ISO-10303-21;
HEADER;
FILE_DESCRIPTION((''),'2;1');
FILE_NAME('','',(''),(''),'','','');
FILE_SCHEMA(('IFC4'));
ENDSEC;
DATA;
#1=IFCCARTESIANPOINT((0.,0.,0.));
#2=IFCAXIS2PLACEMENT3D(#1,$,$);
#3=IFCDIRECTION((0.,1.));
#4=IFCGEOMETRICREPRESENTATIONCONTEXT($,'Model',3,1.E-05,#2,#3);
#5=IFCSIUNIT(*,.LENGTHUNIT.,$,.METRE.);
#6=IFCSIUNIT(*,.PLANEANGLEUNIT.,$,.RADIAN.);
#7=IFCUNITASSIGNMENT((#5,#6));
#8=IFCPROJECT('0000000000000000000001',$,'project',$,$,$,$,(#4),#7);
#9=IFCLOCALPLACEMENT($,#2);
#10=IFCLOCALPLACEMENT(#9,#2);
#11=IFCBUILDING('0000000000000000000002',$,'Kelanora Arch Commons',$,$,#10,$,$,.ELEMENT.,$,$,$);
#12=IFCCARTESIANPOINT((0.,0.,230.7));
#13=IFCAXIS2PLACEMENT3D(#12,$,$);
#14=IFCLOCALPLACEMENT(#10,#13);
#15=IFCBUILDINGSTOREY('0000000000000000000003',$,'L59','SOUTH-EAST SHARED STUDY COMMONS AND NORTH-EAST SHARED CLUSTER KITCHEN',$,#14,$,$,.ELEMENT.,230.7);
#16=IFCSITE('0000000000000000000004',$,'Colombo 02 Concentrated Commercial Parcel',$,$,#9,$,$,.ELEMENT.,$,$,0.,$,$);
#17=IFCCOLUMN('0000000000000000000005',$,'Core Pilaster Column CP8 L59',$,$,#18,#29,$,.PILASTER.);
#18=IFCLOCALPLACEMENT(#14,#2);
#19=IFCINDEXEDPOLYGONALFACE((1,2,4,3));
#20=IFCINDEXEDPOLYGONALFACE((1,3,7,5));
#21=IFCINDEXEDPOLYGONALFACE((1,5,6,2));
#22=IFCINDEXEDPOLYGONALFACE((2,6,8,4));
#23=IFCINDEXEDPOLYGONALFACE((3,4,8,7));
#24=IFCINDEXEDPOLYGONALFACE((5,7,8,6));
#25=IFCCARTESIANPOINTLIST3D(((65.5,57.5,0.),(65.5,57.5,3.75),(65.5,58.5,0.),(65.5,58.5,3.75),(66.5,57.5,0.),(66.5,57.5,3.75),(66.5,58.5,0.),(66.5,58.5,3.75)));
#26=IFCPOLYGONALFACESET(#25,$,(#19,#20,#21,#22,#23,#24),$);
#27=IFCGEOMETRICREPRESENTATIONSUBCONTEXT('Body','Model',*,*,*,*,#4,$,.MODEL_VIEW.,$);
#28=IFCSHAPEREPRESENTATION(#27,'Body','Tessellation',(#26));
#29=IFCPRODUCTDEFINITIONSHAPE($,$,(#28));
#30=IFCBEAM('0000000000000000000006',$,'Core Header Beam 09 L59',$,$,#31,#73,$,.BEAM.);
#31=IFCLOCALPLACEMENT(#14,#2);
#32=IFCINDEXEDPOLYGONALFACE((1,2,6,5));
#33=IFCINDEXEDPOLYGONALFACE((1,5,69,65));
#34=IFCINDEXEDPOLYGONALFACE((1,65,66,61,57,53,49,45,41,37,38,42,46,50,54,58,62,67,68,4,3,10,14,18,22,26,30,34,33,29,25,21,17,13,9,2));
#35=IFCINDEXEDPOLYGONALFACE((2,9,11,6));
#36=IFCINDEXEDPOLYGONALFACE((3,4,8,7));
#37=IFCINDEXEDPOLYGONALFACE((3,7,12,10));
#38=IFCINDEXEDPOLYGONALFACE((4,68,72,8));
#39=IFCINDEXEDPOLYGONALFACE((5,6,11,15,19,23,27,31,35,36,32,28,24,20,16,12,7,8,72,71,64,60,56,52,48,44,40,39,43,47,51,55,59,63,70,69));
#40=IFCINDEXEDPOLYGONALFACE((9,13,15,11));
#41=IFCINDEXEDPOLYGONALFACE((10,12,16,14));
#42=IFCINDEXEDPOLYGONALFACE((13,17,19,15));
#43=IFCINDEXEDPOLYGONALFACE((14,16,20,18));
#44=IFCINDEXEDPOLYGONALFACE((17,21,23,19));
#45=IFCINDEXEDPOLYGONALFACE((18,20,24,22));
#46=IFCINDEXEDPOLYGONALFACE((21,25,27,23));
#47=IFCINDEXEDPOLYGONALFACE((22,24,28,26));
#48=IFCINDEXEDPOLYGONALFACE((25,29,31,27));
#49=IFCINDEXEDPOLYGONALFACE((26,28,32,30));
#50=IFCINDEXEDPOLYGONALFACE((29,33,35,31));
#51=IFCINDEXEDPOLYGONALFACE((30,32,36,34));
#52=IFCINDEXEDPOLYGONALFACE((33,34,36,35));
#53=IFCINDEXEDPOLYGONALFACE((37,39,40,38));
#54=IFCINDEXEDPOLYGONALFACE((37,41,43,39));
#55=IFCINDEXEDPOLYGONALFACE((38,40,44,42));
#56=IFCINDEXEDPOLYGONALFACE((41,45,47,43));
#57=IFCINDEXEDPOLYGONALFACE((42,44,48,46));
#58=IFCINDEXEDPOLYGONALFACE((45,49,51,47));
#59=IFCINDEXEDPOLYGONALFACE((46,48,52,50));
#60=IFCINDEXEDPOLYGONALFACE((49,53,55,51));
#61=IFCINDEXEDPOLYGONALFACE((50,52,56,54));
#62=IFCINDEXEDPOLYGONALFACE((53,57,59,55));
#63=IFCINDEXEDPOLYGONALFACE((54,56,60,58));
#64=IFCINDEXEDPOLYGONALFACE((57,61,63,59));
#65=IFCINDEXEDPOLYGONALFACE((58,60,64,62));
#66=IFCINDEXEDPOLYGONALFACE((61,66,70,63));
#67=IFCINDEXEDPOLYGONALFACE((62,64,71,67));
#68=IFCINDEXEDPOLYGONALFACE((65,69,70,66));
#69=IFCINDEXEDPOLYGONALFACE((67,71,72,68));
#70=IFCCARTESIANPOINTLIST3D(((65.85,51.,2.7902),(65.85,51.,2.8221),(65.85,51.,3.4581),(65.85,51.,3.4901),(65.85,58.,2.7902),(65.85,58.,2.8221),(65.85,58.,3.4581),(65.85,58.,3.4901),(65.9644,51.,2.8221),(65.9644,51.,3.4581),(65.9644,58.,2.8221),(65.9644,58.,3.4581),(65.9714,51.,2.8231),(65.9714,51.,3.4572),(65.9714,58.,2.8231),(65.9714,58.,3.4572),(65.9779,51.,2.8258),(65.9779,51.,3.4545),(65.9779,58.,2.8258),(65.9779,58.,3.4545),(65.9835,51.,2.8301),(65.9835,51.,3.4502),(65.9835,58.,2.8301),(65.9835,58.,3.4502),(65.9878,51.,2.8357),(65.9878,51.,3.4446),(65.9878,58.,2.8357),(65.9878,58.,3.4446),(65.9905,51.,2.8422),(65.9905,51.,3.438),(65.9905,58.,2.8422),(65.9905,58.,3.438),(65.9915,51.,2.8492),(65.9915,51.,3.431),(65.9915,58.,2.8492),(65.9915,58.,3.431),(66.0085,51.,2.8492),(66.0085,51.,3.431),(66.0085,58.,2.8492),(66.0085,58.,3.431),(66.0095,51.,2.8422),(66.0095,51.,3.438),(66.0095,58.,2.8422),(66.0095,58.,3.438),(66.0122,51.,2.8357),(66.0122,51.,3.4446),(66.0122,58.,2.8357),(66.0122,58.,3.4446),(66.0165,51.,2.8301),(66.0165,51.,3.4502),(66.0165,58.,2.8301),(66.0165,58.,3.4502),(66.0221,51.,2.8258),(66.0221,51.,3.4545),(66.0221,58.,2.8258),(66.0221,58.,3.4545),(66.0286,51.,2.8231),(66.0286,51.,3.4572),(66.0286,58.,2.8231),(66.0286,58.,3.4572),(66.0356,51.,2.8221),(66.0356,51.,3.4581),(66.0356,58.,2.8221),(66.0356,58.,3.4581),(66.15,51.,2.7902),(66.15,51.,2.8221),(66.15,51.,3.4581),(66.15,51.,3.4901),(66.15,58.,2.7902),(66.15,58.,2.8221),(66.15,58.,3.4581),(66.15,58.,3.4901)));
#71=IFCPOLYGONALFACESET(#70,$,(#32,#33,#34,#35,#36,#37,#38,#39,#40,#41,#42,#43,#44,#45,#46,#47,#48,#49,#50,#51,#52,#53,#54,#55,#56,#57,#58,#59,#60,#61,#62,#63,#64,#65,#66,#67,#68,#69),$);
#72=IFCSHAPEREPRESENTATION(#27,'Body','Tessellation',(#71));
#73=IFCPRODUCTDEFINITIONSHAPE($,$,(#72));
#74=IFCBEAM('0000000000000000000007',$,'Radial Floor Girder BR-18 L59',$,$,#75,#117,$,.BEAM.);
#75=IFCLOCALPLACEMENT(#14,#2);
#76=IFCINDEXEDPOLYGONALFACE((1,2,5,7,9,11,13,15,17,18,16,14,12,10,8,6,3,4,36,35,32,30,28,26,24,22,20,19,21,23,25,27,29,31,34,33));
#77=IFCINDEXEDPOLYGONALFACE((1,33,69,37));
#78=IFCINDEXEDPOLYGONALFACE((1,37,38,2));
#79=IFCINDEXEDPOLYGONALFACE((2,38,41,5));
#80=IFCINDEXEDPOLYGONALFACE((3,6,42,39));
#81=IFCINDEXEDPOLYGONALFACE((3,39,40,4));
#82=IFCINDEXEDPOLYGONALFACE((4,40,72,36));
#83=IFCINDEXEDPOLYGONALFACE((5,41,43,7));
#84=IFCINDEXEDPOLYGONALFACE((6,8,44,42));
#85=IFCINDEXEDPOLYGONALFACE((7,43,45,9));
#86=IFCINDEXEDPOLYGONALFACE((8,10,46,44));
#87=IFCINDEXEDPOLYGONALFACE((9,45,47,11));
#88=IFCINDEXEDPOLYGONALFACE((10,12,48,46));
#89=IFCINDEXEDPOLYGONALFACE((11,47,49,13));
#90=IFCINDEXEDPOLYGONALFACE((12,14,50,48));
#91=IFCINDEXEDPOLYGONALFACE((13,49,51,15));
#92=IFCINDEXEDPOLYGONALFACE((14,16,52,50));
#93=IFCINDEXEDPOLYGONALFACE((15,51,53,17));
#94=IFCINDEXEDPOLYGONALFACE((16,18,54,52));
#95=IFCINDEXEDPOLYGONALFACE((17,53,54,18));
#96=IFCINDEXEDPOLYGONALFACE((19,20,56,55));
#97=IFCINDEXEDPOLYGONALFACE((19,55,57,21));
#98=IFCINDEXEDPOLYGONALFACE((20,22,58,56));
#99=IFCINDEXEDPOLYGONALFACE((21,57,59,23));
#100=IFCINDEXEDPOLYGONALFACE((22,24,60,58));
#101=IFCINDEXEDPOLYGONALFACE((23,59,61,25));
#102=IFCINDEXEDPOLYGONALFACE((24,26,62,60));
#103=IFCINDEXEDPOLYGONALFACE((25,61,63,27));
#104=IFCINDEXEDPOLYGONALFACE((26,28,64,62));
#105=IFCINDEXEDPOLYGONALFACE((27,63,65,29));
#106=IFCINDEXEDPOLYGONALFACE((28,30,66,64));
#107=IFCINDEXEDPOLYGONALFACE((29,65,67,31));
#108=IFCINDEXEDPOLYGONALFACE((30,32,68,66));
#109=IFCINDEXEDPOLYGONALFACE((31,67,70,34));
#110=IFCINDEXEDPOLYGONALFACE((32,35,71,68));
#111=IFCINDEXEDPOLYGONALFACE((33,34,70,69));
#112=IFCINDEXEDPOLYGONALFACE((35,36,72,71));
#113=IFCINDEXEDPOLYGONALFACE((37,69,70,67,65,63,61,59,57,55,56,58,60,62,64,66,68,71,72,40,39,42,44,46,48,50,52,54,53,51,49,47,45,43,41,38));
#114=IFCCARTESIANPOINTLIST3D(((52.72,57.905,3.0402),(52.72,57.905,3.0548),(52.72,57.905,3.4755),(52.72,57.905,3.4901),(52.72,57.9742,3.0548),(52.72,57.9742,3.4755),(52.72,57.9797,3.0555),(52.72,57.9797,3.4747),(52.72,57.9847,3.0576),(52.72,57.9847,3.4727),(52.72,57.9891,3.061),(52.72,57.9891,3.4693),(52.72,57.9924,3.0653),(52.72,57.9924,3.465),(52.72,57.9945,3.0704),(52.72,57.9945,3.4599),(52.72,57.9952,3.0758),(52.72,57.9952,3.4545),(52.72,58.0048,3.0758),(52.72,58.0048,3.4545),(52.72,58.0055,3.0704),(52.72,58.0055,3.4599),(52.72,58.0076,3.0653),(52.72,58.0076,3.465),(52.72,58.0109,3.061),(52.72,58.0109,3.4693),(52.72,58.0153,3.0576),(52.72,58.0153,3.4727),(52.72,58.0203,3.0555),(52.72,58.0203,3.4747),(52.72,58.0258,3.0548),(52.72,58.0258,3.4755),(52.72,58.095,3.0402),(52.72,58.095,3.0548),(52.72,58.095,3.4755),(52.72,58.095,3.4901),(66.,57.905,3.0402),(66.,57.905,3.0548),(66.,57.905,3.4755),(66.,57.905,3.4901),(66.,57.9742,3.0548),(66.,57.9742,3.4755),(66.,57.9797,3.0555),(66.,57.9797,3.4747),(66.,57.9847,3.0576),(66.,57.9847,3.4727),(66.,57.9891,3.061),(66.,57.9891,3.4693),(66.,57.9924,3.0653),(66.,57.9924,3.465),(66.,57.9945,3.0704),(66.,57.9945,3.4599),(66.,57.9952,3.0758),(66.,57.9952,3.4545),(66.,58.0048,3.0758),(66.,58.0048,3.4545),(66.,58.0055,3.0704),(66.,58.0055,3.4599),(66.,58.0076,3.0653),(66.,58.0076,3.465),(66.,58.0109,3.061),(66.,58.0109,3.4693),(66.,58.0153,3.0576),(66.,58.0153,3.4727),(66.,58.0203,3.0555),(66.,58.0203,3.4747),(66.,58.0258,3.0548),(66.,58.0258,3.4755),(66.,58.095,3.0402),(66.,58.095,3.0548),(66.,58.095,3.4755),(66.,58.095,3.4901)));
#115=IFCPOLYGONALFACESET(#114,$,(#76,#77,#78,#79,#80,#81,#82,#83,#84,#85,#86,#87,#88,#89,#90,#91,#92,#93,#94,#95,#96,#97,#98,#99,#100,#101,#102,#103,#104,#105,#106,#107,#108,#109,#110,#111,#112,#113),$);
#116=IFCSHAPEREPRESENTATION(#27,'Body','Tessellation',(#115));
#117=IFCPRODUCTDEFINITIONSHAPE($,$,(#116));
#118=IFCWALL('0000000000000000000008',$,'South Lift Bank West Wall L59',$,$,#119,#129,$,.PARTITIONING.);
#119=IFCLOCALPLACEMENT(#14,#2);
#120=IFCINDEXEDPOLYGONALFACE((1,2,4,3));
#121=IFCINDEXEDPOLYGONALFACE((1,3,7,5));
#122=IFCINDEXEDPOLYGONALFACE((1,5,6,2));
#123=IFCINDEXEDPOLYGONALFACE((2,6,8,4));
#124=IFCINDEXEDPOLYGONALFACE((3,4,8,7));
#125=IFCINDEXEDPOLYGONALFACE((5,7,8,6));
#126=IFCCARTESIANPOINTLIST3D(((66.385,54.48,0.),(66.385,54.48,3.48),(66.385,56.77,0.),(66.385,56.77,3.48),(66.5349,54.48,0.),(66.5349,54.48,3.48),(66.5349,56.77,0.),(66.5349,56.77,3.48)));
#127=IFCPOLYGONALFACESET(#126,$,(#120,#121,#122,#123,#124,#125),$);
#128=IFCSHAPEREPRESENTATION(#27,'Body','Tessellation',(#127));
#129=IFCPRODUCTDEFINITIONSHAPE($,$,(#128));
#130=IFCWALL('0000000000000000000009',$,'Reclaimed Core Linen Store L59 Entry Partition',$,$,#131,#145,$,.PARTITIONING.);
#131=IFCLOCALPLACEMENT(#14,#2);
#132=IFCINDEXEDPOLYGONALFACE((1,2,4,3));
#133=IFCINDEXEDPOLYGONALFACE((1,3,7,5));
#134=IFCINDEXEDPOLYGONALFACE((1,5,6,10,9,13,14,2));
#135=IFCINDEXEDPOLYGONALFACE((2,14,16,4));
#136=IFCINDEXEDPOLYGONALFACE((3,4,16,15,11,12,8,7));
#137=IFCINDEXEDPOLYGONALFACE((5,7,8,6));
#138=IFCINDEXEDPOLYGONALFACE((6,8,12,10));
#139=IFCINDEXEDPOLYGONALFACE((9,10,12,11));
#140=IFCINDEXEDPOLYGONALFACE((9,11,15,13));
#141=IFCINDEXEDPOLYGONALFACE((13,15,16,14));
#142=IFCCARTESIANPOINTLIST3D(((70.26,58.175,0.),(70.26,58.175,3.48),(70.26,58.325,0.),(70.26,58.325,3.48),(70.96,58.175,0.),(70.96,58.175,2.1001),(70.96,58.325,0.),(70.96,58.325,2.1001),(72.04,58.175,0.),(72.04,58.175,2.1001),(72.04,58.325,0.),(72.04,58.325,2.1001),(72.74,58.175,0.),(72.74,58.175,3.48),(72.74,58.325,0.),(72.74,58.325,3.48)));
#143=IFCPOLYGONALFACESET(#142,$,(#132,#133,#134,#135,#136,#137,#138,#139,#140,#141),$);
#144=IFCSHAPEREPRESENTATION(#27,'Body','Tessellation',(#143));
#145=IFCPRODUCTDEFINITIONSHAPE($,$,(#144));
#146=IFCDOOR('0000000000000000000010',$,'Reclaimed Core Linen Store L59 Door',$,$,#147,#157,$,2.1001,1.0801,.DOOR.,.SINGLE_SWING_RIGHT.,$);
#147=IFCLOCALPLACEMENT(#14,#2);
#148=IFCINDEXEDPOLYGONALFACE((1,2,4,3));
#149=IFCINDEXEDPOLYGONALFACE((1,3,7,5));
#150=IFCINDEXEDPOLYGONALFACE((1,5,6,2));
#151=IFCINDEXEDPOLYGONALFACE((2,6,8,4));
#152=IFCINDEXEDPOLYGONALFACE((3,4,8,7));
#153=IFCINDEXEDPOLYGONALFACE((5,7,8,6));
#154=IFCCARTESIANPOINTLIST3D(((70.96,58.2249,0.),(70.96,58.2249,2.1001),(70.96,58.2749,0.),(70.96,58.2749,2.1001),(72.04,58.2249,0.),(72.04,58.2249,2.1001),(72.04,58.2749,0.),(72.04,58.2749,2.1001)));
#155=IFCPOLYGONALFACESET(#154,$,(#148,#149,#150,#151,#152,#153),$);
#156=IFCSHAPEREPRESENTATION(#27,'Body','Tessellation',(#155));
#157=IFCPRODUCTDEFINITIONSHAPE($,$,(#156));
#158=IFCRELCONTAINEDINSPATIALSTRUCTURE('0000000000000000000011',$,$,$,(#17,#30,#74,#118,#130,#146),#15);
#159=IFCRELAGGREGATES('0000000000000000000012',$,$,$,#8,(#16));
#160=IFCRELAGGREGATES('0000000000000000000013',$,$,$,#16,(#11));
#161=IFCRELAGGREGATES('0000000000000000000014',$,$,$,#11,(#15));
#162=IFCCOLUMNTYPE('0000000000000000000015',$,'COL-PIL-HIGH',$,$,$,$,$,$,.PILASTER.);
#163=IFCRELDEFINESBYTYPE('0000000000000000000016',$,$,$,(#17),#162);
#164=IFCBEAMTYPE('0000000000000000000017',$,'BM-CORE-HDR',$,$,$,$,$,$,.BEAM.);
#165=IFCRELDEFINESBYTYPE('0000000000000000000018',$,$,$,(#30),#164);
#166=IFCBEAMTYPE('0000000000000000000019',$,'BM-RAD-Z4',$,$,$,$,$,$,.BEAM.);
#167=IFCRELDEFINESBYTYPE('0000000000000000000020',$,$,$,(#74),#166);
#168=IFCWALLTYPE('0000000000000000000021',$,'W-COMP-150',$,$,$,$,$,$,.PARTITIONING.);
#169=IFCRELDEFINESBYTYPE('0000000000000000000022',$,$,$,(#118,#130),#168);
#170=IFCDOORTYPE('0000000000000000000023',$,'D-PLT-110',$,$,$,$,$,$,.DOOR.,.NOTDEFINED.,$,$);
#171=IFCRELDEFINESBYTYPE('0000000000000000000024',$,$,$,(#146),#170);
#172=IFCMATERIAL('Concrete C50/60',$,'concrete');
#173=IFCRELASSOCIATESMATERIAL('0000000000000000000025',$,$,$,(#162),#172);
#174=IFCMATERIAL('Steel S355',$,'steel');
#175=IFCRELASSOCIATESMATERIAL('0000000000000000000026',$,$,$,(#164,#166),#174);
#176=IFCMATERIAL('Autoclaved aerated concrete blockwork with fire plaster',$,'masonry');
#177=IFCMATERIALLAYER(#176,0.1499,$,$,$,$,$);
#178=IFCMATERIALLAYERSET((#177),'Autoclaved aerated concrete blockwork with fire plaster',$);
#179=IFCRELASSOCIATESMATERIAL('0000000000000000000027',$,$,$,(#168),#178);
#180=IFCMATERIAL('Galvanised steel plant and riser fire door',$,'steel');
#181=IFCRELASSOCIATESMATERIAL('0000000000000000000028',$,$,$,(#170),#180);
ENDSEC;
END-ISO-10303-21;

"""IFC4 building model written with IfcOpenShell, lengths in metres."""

from ifc_helpers import new_model, si_unit, direction, frame, frame_2d, origin, origin_2d, place, context, subcontext, project, spatial, rectangle, i_section, extrude, material, layer, layer_set, material_profile, profile_set, type_object, element, fill, save


model = new_model("IFC4")

# Units and contexts
model_context = context("Model", 3, precision=1e-05, world=origin(), true_north=direction((0.0, 1.0)))
body_context = subcontext(model_context, "Body", "Model", "MODEL_VIEW")
ifc_project = project(units=[si_unit("LENGTHUNIT", "METRE"), si_unit("PLANEANGLEUNIT", "RADIAN")], contexts=[model_context])

# Site, building, storey
site_placement = place(None, origin())
site = spatial("IfcSite", under=ifc_project, at=site_placement, Name="Colombo 02 Concentrated Commercial Parcel", CompositionType="ELEMENT", RefElevation=0.0)
building_placement = place(site_placement, origin())
building = spatial("IfcBuilding", under=site, at=building_placement, Name="Kelanora Arch Commons", CompositionType="ELEMENT")
storey_placement = place(building_placement, frame((0.0, 0.0, 230.7)))
storey = spatial("IfcBuildingStorey", under=building, at=storey_placement, Name="L59", Description="SOUTH-EAST SHARED STUDY COMMONS AND NORTH-EAST SHARED CLUSTER KITCHEN", CompositionType="ELEMENT", Elevation=230.7)

# Column
ifc_material_1 = material(Name="Concrete C50/60", Category="concrete")
ifc_material_profile_1 = material_profile(ifc_material_1, rectangle(XDim=1.0, YDim=1.0, at=origin_2d()), Name="RC1000x1000")
ifc_profile_set_1 = profile_set([ifc_material_profile_1], Name="Concrete C50/60")
column_type = type_object("IfcColumnType", Name="COL-PIL-HIGH", PredefinedType="PILASTER", material=ifc_profile_set_1)
column_placement = place(storey_placement, frame((66.0, 58.0, 0.0), z_axis=(0.0, 0.0, 1.0), x_axis=(1.0, 0.0, 0.0)))
element("IfcColumn", 1, at=column_placement, inside=storey, type_object=column_type, Name="Core Pilaster Column CP8 L59", PredefinedType="PILASTER", context=body_context, shape_type="SweptSolid", body=[
    extrude(rectangle(XDim=1.0, YDim=1.0, at=origin_2d()), origin(), (0.0, 0.0, 1.0), 3.75),
])

# Beams
ifc_material_2 = material(Name="Steel S355", Category="steel")
ifc_material_profile_2 = material_profile(ifc_material_2, i_section(OverallWidth=0.3, OverallDepth=0.7, WebThickness=0.0171, FlangeThickness=0.032, FilletRadius=0.0271, at=origin_2d()), Name="HEB700")
ifc_profile_set_2 = profile_set([ifc_material_profile_2], Name="Steel S355")
beam_type_1 = type_object("IfcBeamType", Name="BM-CORE-HDR", PredefinedType="BEAM", material=ifc_profile_set_2)
beam_1_placement = place(storey_placement, frame((66.0, 58.0, 3.1401), z_axis=(0.0, -1.0, 0.0), x_axis=(1.0, 0.0, 0.0)))
element("IfcBeam", 2, at=beam_1_placement, inside=storey, type_object=beam_type_1, Name="Core Header Beam 09 L59", PredefinedType="BEAM", context=body_context, shape_type="SweptSolid", body=[
    extrude(i_section(OverallWidth=0.3, OverallDepth=0.7, WebThickness=0.0171, FlangeThickness=0.032, FilletRadius=0.0271, at=origin_2d()), origin(), (0.0, 0.0, 1.0), 7.0),
])
ifc_material_profile_3 = material_profile(ifc_material_2, i_section(OverallWidth=0.1899, OverallDepth=0.45, WebThickness=0.0095, FlangeThickness=0.0146, FilletRadius=0.021, at=origin_2d()), Name="IPE450")
ifc_profile_set_3 = profile_set([ifc_material_profile_3], Name="Steel S355")
beam_type_2 = type_object("IfcBeamType", Name="BM-RAD-Z4", PredefinedType="BEAM", material=ifc_profile_set_3)
beam_2_placement = place(storey_placement, frame((66.0, 58.0, 3.2651), z_axis=(-1.0, 0.0, 0.0), x_axis=(0.0, -1.0, 0.0)))
element("IfcBeam", 3, at=beam_2_placement, inside=storey, type_object=beam_type_2, Name="Radial Floor Girder BR-18 L59", PredefinedType="BEAM", context=body_context, shape_type="SweptSolid", body=[
    extrude(i_section(OverallWidth=0.1899, OverallDepth=0.45, WebThickness=0.0095, FlangeThickness=0.0146, FilletRadius=0.021, at=origin_2d()), origin(), (0.0, 0.0, 1.0), 13.28),
])

# Wall
ifc_material_3 = material(Name="Autoclaved aerated concrete blockwork with fire plaster", Category="masonry")
ifc_layer_1 = layer(ifc_material_3, 0.1499)
ifc_layer_set_1 = layer_set([ifc_layer_1], Name="Autoclaved aerated concrete blockwork with fire plaster")
wall_type_1 = type_object("IfcWallType", Name="W-COMP-150", PredefinedType="PARTITIONING", material=ifc_layer_set_1)
wall_1_placement = place(storey_placement, frame((66.46, 54.48, 0.0), z_axis=(0.0, 0.0, 1.0), x_axis=(0.0, 1.0, 0.0)))
element("IfcWall", 4, at=wall_1_placement, inside=storey, type_object=wall_type_1, Name="South Lift Bank West Wall L59", PredefinedType="PARTITIONING", context=body_context, shape_type="SweptSolid", body=[
    extrude(rectangle(XDim=2.29, YDim=0.1499, at=frame_2d((1.145, 0.0))), origin(), (0.0, 0.0, 1.0), 3.48),
])

# Wall, opening, door
wall_2_placement = place(storey_placement, frame((70.26, 58.25, 0.0), z_axis=(0.0, 0.0, 1.0), x_axis=(1.0, 0.0, 0.0)))
wall_2 = element("IfcWall", 5, at=wall_2_placement, inside=storey, type_object=wall_type_1, Name="Reclaimed Core Linen Store L59 Entry Partition", PredefinedType="PARTITIONING", context=body_context, shape_type="SweptSolid", body=[
    extrude(rectangle(XDim=2.48, YDim=0.1499, at=frame_2d((1.24, 0.0))), origin(), (0.0, 0.0, 1.0), 3.48),
])
opening_1_placement = place(wall_2_placement, frame((0.7, 0.0, 0.0)))
opening_1 = element("IfcOpeningElement", 6, at=opening_1_placement, cuts=wall_2, PredefinedType="OPENING", context=body_context, shape_type="SweptSolid", body=[
    extrude(rectangle(XDim=1.0801, YDim=2.1001, at=frame_2d((0.54, 1.05))), frame((0.0, 0.085, 0.0), z_axis=(0.0, -1.0, 0.0), x_axis=(1.0, 0.0, 0.0)), (0.0, 0.0, 1.0), 0.1699),
])
ifc_material_4 = material(Name="Galvanised steel plant and riser fire door", Category="steel")
door_type_1 = type_object("IfcDoorType", Name="D-PLT-110", OperationType="NOTDEFINED", PredefinedType="DOOR", material=ifc_material_4)
door_1_placement = place(opening_1_placement, origin())
door_1 = element("IfcDoor", 7, at=door_1_placement, inside=storey, type_object=door_type_1, Name="Reclaimed Core Linen Store L59 Door", OperationType="SINGLE_SWING_RIGHT", OverallHeight=2.1001, OverallWidth=1.0801, PredefinedType="DOOR", context=body_context, shape_type="SweptSolid", body=[
    extrude(rectangle(XDim=1.0801, YDim=2.1001, at=frame_2d((0.54, 1.05))), frame((0.0, 0.0249, 0.0), z_axis=(0.0, -1.0, 0.0), x_axis=(1.0, 0.0, 0.0)), (0.0, 0.0, 1.0), 0.05),
])
fill(opening_1, door_1)

save(model, "model.ifc")
